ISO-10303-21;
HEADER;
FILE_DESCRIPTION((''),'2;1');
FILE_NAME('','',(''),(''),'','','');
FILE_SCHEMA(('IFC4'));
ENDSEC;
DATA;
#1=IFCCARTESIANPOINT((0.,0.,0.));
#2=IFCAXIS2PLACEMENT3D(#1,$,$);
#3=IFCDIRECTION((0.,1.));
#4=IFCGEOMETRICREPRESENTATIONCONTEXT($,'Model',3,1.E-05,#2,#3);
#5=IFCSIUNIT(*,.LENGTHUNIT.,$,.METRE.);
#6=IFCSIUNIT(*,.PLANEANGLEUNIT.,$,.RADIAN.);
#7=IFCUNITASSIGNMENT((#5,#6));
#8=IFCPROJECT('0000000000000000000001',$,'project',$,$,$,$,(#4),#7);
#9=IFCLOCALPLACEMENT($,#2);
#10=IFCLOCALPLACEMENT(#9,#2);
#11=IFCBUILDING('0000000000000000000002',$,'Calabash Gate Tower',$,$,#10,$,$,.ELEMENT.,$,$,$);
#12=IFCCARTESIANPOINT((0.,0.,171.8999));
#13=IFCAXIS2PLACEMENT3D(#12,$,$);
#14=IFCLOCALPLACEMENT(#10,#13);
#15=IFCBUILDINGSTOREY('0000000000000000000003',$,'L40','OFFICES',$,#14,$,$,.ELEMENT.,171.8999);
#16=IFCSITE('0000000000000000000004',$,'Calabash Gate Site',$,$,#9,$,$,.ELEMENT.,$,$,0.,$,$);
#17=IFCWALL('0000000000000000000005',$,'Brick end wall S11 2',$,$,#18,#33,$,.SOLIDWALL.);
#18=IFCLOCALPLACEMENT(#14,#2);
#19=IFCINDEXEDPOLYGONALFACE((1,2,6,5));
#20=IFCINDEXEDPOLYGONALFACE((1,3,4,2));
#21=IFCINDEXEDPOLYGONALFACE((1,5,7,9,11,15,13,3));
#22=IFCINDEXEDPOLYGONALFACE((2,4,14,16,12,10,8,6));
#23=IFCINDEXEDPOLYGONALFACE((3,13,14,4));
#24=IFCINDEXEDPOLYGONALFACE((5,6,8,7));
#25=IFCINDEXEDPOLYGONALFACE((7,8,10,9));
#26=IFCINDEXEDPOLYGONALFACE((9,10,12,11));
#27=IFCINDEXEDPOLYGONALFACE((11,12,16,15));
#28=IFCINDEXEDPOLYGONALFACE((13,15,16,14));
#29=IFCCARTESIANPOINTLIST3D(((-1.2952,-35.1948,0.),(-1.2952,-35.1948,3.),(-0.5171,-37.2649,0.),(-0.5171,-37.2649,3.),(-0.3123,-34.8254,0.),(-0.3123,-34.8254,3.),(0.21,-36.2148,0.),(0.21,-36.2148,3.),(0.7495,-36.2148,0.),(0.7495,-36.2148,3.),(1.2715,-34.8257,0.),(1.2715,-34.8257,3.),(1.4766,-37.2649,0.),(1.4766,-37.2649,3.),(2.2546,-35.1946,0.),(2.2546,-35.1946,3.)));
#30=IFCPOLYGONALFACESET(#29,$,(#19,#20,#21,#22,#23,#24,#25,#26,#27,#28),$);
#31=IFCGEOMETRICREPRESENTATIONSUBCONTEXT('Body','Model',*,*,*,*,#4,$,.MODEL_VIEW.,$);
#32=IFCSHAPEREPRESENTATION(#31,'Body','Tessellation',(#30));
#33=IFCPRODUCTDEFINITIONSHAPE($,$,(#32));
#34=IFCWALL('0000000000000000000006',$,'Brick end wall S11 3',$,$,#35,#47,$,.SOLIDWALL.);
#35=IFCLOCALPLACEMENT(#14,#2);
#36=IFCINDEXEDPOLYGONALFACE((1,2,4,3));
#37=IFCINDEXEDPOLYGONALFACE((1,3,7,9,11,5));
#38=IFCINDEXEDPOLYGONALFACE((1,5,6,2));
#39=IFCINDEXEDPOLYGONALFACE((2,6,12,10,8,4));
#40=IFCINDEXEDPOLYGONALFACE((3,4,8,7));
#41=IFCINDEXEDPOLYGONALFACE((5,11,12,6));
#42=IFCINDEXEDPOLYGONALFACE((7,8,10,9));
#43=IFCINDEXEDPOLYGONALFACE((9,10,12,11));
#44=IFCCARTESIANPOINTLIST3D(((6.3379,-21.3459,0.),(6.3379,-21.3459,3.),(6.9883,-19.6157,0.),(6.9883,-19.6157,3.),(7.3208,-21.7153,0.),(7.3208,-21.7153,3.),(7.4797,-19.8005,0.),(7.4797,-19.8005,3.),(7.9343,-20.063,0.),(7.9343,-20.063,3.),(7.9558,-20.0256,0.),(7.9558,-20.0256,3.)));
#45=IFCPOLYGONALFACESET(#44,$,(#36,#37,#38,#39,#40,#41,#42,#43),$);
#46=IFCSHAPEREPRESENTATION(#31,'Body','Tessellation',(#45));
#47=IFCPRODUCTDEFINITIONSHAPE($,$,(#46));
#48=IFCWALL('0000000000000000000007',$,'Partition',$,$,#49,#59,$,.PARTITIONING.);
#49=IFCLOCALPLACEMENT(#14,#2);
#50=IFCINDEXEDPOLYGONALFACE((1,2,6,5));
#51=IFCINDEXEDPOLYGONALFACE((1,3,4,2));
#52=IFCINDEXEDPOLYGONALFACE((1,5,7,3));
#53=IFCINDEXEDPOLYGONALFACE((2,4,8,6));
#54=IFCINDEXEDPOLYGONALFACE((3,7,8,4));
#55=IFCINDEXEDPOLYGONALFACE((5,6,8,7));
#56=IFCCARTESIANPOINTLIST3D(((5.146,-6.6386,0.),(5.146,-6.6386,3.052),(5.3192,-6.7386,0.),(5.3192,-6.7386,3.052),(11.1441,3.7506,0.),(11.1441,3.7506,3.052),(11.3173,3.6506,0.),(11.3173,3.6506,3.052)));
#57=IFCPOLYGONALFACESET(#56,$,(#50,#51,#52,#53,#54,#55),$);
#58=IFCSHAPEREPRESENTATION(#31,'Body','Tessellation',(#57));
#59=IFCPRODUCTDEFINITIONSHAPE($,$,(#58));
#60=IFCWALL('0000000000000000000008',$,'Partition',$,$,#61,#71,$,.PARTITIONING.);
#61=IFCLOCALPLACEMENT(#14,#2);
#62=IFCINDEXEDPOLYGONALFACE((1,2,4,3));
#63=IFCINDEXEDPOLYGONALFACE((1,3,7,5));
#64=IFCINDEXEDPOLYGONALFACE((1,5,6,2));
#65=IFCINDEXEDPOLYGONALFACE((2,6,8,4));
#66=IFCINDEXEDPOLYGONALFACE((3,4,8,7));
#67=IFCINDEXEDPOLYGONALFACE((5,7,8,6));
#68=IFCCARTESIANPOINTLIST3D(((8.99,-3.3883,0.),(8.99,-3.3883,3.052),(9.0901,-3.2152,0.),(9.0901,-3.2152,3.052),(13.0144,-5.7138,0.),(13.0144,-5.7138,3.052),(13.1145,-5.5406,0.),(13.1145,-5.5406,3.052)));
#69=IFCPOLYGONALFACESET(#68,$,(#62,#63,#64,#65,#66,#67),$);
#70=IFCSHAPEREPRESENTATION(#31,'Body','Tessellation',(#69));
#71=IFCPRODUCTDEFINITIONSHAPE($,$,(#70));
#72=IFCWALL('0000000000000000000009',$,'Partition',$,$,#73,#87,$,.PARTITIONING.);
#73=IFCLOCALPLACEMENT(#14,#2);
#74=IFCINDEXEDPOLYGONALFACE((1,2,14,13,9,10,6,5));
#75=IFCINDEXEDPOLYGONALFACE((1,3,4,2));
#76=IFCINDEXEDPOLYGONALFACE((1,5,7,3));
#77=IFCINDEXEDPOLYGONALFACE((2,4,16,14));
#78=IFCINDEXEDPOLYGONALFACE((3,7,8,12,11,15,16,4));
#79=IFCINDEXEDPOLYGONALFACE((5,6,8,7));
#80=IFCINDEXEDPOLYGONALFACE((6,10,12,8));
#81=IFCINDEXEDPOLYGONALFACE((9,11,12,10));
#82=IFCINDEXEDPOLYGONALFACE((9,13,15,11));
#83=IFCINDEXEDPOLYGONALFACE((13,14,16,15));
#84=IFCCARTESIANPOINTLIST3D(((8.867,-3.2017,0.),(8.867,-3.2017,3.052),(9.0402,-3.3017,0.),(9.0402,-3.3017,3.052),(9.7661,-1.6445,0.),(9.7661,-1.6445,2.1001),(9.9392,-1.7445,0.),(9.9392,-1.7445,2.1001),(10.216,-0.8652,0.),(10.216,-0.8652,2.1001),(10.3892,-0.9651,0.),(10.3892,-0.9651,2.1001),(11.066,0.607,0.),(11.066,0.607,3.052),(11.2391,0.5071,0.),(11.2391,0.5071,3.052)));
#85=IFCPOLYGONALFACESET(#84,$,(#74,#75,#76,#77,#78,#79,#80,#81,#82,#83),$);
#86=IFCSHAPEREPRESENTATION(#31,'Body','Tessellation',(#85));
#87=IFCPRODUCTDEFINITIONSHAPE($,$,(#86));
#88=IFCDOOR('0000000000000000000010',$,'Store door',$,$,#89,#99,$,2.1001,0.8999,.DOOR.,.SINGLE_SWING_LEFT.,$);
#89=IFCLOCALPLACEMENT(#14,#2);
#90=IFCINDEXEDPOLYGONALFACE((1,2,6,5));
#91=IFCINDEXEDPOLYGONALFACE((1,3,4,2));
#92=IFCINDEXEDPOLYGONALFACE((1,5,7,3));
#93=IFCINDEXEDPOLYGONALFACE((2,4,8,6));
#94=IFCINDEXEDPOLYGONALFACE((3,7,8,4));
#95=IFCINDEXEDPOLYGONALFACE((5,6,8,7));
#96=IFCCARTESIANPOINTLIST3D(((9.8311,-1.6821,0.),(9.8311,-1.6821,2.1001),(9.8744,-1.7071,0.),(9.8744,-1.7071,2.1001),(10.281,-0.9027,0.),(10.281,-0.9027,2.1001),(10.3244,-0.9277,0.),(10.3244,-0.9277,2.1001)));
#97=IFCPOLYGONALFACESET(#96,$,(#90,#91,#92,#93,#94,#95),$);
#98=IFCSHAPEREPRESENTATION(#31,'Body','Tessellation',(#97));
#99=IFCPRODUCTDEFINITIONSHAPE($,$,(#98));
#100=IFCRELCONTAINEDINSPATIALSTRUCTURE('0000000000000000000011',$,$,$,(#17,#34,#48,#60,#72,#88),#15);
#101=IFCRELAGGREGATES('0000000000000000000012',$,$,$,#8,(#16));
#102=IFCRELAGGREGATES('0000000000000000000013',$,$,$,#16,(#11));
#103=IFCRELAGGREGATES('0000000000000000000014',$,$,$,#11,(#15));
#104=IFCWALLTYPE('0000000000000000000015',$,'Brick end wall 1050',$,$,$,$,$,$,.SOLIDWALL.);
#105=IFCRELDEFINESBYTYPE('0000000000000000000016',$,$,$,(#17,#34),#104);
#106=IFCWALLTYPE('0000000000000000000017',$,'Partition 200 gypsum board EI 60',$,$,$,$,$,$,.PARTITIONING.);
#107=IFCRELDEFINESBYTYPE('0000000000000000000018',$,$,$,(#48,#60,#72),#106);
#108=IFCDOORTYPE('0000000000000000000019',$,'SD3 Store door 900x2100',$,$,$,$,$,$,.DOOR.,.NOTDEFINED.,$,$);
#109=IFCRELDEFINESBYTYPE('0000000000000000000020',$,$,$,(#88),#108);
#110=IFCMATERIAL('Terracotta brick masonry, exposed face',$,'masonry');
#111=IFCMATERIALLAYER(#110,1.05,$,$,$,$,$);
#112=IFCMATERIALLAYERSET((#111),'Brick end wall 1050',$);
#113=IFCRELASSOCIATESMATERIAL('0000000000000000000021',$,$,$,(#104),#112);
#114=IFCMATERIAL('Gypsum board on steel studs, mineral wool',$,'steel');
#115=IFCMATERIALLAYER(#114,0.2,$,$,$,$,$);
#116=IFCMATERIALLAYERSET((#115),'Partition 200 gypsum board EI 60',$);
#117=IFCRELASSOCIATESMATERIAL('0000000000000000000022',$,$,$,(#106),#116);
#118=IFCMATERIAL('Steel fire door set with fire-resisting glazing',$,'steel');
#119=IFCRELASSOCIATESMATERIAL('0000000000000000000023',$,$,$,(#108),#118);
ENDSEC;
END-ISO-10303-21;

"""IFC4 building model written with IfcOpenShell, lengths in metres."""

from ifc_helpers import new_model, si_unit, direction, frame, frame_2d, origin, place, context, subcontext, project, spatial, polyline, rectangle, outline, extrude, material, layer, layer_set, type_object, element, fill, save


model = new_model("IFC4")

# Units and contexts
model_context = context("Model", 3, precision=1e-05, world=origin(), true_north=direction((0.0, 1.0)))
body_context = subcontext(model_context, "Body", "Model", "MODEL_VIEW")
ifc_project = project(units=[si_unit("LENGTHUNIT", "METRE"), si_unit("PLANEANGLEUNIT", "RADIAN")], contexts=[model_context])

# Site, building, storey
site_placement = place(None, origin())
site = spatial("IfcSite", under=ifc_project, at=site_placement, Name="Calabash Gate Site", CompositionType="ELEMENT", RefElevation=0.0)
building_placement = place(site_placement, origin())
building = spatial("IfcBuilding", under=site, at=building_placement, Name="Calabash Gate Tower", CompositionType="ELEMENT")
storey_placement = place(building_placement, frame((0.0, 0.0, 171.8999)))
storey = spatial("IfcBuildingStorey", under=building, at=storey_placement, Name="L40", Description="OFFICES", CompositionType="ELEMENT", Elevation=171.8999)

# Walls
ifc_material_1 = material(Name="Terracotta brick masonry, exposed face", Category="masonry")
ifc_layer_1 = layer(ifc_material_1, 1.05)
ifc_layer_set_1 = layer_set([ifc_layer_1], Name="Brick end wall 1050")
wall_type_1 = type_object("IfcWallType", Name="Brick end wall 1050", PredefinedType="SOLIDWALL", material=ifc_layer_set_1)
wall_1_placement = place(storey_placement, origin())
element("IfcWall", 1, at=wall_1_placement, inside=storey, type_object=wall_type_1, Name="Brick end wall S11 2", PredefinedType="SOLIDWALL", context=body_context, shape_type="SweptSolid", body=[
    extrude(outline(polyline([(-1.2952, -35.1948), (-0.5171, -37.2649), (1.4766, -37.2649), (2.2546, -35.1946), (1.2715, -34.8257), (0.7495, -36.2148), (0.21, -36.2148), (-0.3123, -34.8254), (-1.2952, -35.1948)])), origin(), (0.0, 0.0, 1.0), 3.0),
])
wall_2_placement = place(storey_placement, origin())
element("IfcWall", 2, at=wall_2_placement, inside=storey, type_object=wall_type_1, Name="Brick end wall S11 3", PredefinedType="SOLIDWALL", context=body_context, shape_type="SweptSolid", body=[
    extrude(outline(polyline([(6.9883, -19.6157), (6.3379, -21.3459), (7.3208, -21.7153), (7.9558, -20.0256), (7.9343, -20.063), (7.4797, -19.8005), (6.9883, -19.6157)])), origin(), (0.0, 0.0, 1.0), 3.0),
])
ifc_material_2 = material(Name="Gypsum board on steel studs, mineral wool", Category="steel")
ifc_layer_2 = layer(ifc_material_2, 0.2)
ifc_layer_set_2 = layer_set([ifc_layer_2], Name="Partition 200 gypsum board EI 60")
wall_type_2 = type_object("IfcWallType", Name="Partition 200 gypsum board EI 60", PredefinedType="PARTITIONING", material=ifc_layer_set_2)
wall_3_placement = place(storey_placement, frame((5.2327, -6.6885, 0.0), z_axis=(0.0, 0.0, 1.0), x_axis=(0.499991, 0.86603, 0.0)))
element("IfcWall", 3, at=wall_3_placement, inside=storey, type_object=wall_type_2, Name="Partition", PredefinedType="PARTITIONING", context=body_context, shape_type="SweptSolid", body=[
    extrude(rectangle(XDim=11.9963, YDim=0.2, at=frame_2d((5.998, 0.0))), origin(), (0.0, 0.0, 1.0), 3.052),
])
wall_4_placement = place(storey_placement, frame((9.04, -3.3018, 0.0), z_axis=(0.0, 0.0, 1.0), x_axis=(0.865844, -0.500313, 0.0)))
element("IfcWall", 4, at=wall_4_placement, inside=storey, type_object=wall_type_2, Name="Partition", PredefinedType="PARTITIONING", context=body_context, shape_type="SweptSolid", body=[
    extrude(rectangle(XDim=4.6479, YDim=0.2, at=frame_2d((2.324, 0.0))), origin(), (0.0, 0.0, 1.0), 3.052),
])

# Wall, opening, door
wall_5_placement = place(storey_placement, frame((8.9536, -3.2517, 0.0), z_axis=(0.0, 0.0, 1.0), x_axis=(0.49999, 0.866031, 0.0)))
wall_5 = element("IfcWall", 5, at=wall_5_placement, inside=storey, type_object=wall_type_2, Name="Partition", PredefinedType="PARTITIONING", context=body_context, shape_type="SweptSolid", body=[
    extrude(rectangle(XDim=4.3979, YDim=0.2, at=frame_2d((2.199, 0.0))), origin(), (0.0, 0.0, 1.0), 3.052),
])
opening_placement = place(wall_5_placement, frame((1.7981, 0.0, 0.0)))
opening = element("IfcOpeningElement", 6, at=opening_placement, cuts=wall_5, PredefinedType="OPENING", context=body_context, shape_type="SweptSolid", body=[
    extrude(rectangle(XDim=0.8999, YDim=2.1001, at=frame_2d((0.45, 1.05))), frame((0.0, 0.1099, 0.0), z_axis=(0.0, -1.0, 0.0), x_axis=(1.0, 0.0, 0.0)), (0.0, 0.0, 1.0), 0.22),
])
ifc_material_3 = material(Name="Steel fire door set with fire-resisting glazing", Category="steel")
door_type = type_object("IfcDoorType", Name="SD3 Store door 900x2100", OperationType="NOTDEFINED", PredefinedType="DOOR", material=ifc_material_3)
door_placement = place(opening_placement, origin())
door = element("IfcDoor", 7, at=door_placement, inside=storey, type_object=door_type, Name="Store door", OperationType="SINGLE_SWING_LEFT", OverallHeight=2.1001, OverallWidth=0.8999, PredefinedType="DOOR", context=body_context, shape_type="SweptSolid", body=[
    extrude(rectangle(XDim=0.8999, YDim=2.1001, at=frame_2d((0.45, 1.05))), frame((0.0, 0.0249, 0.0), z_axis=(0.0, -1.0, 0.0), x_axis=(1.0, 0.0, 0.0)), (0.0, 0.0, 1.0), 0.05),
])
fill(opening, door)

save(model, "model.ifc")
